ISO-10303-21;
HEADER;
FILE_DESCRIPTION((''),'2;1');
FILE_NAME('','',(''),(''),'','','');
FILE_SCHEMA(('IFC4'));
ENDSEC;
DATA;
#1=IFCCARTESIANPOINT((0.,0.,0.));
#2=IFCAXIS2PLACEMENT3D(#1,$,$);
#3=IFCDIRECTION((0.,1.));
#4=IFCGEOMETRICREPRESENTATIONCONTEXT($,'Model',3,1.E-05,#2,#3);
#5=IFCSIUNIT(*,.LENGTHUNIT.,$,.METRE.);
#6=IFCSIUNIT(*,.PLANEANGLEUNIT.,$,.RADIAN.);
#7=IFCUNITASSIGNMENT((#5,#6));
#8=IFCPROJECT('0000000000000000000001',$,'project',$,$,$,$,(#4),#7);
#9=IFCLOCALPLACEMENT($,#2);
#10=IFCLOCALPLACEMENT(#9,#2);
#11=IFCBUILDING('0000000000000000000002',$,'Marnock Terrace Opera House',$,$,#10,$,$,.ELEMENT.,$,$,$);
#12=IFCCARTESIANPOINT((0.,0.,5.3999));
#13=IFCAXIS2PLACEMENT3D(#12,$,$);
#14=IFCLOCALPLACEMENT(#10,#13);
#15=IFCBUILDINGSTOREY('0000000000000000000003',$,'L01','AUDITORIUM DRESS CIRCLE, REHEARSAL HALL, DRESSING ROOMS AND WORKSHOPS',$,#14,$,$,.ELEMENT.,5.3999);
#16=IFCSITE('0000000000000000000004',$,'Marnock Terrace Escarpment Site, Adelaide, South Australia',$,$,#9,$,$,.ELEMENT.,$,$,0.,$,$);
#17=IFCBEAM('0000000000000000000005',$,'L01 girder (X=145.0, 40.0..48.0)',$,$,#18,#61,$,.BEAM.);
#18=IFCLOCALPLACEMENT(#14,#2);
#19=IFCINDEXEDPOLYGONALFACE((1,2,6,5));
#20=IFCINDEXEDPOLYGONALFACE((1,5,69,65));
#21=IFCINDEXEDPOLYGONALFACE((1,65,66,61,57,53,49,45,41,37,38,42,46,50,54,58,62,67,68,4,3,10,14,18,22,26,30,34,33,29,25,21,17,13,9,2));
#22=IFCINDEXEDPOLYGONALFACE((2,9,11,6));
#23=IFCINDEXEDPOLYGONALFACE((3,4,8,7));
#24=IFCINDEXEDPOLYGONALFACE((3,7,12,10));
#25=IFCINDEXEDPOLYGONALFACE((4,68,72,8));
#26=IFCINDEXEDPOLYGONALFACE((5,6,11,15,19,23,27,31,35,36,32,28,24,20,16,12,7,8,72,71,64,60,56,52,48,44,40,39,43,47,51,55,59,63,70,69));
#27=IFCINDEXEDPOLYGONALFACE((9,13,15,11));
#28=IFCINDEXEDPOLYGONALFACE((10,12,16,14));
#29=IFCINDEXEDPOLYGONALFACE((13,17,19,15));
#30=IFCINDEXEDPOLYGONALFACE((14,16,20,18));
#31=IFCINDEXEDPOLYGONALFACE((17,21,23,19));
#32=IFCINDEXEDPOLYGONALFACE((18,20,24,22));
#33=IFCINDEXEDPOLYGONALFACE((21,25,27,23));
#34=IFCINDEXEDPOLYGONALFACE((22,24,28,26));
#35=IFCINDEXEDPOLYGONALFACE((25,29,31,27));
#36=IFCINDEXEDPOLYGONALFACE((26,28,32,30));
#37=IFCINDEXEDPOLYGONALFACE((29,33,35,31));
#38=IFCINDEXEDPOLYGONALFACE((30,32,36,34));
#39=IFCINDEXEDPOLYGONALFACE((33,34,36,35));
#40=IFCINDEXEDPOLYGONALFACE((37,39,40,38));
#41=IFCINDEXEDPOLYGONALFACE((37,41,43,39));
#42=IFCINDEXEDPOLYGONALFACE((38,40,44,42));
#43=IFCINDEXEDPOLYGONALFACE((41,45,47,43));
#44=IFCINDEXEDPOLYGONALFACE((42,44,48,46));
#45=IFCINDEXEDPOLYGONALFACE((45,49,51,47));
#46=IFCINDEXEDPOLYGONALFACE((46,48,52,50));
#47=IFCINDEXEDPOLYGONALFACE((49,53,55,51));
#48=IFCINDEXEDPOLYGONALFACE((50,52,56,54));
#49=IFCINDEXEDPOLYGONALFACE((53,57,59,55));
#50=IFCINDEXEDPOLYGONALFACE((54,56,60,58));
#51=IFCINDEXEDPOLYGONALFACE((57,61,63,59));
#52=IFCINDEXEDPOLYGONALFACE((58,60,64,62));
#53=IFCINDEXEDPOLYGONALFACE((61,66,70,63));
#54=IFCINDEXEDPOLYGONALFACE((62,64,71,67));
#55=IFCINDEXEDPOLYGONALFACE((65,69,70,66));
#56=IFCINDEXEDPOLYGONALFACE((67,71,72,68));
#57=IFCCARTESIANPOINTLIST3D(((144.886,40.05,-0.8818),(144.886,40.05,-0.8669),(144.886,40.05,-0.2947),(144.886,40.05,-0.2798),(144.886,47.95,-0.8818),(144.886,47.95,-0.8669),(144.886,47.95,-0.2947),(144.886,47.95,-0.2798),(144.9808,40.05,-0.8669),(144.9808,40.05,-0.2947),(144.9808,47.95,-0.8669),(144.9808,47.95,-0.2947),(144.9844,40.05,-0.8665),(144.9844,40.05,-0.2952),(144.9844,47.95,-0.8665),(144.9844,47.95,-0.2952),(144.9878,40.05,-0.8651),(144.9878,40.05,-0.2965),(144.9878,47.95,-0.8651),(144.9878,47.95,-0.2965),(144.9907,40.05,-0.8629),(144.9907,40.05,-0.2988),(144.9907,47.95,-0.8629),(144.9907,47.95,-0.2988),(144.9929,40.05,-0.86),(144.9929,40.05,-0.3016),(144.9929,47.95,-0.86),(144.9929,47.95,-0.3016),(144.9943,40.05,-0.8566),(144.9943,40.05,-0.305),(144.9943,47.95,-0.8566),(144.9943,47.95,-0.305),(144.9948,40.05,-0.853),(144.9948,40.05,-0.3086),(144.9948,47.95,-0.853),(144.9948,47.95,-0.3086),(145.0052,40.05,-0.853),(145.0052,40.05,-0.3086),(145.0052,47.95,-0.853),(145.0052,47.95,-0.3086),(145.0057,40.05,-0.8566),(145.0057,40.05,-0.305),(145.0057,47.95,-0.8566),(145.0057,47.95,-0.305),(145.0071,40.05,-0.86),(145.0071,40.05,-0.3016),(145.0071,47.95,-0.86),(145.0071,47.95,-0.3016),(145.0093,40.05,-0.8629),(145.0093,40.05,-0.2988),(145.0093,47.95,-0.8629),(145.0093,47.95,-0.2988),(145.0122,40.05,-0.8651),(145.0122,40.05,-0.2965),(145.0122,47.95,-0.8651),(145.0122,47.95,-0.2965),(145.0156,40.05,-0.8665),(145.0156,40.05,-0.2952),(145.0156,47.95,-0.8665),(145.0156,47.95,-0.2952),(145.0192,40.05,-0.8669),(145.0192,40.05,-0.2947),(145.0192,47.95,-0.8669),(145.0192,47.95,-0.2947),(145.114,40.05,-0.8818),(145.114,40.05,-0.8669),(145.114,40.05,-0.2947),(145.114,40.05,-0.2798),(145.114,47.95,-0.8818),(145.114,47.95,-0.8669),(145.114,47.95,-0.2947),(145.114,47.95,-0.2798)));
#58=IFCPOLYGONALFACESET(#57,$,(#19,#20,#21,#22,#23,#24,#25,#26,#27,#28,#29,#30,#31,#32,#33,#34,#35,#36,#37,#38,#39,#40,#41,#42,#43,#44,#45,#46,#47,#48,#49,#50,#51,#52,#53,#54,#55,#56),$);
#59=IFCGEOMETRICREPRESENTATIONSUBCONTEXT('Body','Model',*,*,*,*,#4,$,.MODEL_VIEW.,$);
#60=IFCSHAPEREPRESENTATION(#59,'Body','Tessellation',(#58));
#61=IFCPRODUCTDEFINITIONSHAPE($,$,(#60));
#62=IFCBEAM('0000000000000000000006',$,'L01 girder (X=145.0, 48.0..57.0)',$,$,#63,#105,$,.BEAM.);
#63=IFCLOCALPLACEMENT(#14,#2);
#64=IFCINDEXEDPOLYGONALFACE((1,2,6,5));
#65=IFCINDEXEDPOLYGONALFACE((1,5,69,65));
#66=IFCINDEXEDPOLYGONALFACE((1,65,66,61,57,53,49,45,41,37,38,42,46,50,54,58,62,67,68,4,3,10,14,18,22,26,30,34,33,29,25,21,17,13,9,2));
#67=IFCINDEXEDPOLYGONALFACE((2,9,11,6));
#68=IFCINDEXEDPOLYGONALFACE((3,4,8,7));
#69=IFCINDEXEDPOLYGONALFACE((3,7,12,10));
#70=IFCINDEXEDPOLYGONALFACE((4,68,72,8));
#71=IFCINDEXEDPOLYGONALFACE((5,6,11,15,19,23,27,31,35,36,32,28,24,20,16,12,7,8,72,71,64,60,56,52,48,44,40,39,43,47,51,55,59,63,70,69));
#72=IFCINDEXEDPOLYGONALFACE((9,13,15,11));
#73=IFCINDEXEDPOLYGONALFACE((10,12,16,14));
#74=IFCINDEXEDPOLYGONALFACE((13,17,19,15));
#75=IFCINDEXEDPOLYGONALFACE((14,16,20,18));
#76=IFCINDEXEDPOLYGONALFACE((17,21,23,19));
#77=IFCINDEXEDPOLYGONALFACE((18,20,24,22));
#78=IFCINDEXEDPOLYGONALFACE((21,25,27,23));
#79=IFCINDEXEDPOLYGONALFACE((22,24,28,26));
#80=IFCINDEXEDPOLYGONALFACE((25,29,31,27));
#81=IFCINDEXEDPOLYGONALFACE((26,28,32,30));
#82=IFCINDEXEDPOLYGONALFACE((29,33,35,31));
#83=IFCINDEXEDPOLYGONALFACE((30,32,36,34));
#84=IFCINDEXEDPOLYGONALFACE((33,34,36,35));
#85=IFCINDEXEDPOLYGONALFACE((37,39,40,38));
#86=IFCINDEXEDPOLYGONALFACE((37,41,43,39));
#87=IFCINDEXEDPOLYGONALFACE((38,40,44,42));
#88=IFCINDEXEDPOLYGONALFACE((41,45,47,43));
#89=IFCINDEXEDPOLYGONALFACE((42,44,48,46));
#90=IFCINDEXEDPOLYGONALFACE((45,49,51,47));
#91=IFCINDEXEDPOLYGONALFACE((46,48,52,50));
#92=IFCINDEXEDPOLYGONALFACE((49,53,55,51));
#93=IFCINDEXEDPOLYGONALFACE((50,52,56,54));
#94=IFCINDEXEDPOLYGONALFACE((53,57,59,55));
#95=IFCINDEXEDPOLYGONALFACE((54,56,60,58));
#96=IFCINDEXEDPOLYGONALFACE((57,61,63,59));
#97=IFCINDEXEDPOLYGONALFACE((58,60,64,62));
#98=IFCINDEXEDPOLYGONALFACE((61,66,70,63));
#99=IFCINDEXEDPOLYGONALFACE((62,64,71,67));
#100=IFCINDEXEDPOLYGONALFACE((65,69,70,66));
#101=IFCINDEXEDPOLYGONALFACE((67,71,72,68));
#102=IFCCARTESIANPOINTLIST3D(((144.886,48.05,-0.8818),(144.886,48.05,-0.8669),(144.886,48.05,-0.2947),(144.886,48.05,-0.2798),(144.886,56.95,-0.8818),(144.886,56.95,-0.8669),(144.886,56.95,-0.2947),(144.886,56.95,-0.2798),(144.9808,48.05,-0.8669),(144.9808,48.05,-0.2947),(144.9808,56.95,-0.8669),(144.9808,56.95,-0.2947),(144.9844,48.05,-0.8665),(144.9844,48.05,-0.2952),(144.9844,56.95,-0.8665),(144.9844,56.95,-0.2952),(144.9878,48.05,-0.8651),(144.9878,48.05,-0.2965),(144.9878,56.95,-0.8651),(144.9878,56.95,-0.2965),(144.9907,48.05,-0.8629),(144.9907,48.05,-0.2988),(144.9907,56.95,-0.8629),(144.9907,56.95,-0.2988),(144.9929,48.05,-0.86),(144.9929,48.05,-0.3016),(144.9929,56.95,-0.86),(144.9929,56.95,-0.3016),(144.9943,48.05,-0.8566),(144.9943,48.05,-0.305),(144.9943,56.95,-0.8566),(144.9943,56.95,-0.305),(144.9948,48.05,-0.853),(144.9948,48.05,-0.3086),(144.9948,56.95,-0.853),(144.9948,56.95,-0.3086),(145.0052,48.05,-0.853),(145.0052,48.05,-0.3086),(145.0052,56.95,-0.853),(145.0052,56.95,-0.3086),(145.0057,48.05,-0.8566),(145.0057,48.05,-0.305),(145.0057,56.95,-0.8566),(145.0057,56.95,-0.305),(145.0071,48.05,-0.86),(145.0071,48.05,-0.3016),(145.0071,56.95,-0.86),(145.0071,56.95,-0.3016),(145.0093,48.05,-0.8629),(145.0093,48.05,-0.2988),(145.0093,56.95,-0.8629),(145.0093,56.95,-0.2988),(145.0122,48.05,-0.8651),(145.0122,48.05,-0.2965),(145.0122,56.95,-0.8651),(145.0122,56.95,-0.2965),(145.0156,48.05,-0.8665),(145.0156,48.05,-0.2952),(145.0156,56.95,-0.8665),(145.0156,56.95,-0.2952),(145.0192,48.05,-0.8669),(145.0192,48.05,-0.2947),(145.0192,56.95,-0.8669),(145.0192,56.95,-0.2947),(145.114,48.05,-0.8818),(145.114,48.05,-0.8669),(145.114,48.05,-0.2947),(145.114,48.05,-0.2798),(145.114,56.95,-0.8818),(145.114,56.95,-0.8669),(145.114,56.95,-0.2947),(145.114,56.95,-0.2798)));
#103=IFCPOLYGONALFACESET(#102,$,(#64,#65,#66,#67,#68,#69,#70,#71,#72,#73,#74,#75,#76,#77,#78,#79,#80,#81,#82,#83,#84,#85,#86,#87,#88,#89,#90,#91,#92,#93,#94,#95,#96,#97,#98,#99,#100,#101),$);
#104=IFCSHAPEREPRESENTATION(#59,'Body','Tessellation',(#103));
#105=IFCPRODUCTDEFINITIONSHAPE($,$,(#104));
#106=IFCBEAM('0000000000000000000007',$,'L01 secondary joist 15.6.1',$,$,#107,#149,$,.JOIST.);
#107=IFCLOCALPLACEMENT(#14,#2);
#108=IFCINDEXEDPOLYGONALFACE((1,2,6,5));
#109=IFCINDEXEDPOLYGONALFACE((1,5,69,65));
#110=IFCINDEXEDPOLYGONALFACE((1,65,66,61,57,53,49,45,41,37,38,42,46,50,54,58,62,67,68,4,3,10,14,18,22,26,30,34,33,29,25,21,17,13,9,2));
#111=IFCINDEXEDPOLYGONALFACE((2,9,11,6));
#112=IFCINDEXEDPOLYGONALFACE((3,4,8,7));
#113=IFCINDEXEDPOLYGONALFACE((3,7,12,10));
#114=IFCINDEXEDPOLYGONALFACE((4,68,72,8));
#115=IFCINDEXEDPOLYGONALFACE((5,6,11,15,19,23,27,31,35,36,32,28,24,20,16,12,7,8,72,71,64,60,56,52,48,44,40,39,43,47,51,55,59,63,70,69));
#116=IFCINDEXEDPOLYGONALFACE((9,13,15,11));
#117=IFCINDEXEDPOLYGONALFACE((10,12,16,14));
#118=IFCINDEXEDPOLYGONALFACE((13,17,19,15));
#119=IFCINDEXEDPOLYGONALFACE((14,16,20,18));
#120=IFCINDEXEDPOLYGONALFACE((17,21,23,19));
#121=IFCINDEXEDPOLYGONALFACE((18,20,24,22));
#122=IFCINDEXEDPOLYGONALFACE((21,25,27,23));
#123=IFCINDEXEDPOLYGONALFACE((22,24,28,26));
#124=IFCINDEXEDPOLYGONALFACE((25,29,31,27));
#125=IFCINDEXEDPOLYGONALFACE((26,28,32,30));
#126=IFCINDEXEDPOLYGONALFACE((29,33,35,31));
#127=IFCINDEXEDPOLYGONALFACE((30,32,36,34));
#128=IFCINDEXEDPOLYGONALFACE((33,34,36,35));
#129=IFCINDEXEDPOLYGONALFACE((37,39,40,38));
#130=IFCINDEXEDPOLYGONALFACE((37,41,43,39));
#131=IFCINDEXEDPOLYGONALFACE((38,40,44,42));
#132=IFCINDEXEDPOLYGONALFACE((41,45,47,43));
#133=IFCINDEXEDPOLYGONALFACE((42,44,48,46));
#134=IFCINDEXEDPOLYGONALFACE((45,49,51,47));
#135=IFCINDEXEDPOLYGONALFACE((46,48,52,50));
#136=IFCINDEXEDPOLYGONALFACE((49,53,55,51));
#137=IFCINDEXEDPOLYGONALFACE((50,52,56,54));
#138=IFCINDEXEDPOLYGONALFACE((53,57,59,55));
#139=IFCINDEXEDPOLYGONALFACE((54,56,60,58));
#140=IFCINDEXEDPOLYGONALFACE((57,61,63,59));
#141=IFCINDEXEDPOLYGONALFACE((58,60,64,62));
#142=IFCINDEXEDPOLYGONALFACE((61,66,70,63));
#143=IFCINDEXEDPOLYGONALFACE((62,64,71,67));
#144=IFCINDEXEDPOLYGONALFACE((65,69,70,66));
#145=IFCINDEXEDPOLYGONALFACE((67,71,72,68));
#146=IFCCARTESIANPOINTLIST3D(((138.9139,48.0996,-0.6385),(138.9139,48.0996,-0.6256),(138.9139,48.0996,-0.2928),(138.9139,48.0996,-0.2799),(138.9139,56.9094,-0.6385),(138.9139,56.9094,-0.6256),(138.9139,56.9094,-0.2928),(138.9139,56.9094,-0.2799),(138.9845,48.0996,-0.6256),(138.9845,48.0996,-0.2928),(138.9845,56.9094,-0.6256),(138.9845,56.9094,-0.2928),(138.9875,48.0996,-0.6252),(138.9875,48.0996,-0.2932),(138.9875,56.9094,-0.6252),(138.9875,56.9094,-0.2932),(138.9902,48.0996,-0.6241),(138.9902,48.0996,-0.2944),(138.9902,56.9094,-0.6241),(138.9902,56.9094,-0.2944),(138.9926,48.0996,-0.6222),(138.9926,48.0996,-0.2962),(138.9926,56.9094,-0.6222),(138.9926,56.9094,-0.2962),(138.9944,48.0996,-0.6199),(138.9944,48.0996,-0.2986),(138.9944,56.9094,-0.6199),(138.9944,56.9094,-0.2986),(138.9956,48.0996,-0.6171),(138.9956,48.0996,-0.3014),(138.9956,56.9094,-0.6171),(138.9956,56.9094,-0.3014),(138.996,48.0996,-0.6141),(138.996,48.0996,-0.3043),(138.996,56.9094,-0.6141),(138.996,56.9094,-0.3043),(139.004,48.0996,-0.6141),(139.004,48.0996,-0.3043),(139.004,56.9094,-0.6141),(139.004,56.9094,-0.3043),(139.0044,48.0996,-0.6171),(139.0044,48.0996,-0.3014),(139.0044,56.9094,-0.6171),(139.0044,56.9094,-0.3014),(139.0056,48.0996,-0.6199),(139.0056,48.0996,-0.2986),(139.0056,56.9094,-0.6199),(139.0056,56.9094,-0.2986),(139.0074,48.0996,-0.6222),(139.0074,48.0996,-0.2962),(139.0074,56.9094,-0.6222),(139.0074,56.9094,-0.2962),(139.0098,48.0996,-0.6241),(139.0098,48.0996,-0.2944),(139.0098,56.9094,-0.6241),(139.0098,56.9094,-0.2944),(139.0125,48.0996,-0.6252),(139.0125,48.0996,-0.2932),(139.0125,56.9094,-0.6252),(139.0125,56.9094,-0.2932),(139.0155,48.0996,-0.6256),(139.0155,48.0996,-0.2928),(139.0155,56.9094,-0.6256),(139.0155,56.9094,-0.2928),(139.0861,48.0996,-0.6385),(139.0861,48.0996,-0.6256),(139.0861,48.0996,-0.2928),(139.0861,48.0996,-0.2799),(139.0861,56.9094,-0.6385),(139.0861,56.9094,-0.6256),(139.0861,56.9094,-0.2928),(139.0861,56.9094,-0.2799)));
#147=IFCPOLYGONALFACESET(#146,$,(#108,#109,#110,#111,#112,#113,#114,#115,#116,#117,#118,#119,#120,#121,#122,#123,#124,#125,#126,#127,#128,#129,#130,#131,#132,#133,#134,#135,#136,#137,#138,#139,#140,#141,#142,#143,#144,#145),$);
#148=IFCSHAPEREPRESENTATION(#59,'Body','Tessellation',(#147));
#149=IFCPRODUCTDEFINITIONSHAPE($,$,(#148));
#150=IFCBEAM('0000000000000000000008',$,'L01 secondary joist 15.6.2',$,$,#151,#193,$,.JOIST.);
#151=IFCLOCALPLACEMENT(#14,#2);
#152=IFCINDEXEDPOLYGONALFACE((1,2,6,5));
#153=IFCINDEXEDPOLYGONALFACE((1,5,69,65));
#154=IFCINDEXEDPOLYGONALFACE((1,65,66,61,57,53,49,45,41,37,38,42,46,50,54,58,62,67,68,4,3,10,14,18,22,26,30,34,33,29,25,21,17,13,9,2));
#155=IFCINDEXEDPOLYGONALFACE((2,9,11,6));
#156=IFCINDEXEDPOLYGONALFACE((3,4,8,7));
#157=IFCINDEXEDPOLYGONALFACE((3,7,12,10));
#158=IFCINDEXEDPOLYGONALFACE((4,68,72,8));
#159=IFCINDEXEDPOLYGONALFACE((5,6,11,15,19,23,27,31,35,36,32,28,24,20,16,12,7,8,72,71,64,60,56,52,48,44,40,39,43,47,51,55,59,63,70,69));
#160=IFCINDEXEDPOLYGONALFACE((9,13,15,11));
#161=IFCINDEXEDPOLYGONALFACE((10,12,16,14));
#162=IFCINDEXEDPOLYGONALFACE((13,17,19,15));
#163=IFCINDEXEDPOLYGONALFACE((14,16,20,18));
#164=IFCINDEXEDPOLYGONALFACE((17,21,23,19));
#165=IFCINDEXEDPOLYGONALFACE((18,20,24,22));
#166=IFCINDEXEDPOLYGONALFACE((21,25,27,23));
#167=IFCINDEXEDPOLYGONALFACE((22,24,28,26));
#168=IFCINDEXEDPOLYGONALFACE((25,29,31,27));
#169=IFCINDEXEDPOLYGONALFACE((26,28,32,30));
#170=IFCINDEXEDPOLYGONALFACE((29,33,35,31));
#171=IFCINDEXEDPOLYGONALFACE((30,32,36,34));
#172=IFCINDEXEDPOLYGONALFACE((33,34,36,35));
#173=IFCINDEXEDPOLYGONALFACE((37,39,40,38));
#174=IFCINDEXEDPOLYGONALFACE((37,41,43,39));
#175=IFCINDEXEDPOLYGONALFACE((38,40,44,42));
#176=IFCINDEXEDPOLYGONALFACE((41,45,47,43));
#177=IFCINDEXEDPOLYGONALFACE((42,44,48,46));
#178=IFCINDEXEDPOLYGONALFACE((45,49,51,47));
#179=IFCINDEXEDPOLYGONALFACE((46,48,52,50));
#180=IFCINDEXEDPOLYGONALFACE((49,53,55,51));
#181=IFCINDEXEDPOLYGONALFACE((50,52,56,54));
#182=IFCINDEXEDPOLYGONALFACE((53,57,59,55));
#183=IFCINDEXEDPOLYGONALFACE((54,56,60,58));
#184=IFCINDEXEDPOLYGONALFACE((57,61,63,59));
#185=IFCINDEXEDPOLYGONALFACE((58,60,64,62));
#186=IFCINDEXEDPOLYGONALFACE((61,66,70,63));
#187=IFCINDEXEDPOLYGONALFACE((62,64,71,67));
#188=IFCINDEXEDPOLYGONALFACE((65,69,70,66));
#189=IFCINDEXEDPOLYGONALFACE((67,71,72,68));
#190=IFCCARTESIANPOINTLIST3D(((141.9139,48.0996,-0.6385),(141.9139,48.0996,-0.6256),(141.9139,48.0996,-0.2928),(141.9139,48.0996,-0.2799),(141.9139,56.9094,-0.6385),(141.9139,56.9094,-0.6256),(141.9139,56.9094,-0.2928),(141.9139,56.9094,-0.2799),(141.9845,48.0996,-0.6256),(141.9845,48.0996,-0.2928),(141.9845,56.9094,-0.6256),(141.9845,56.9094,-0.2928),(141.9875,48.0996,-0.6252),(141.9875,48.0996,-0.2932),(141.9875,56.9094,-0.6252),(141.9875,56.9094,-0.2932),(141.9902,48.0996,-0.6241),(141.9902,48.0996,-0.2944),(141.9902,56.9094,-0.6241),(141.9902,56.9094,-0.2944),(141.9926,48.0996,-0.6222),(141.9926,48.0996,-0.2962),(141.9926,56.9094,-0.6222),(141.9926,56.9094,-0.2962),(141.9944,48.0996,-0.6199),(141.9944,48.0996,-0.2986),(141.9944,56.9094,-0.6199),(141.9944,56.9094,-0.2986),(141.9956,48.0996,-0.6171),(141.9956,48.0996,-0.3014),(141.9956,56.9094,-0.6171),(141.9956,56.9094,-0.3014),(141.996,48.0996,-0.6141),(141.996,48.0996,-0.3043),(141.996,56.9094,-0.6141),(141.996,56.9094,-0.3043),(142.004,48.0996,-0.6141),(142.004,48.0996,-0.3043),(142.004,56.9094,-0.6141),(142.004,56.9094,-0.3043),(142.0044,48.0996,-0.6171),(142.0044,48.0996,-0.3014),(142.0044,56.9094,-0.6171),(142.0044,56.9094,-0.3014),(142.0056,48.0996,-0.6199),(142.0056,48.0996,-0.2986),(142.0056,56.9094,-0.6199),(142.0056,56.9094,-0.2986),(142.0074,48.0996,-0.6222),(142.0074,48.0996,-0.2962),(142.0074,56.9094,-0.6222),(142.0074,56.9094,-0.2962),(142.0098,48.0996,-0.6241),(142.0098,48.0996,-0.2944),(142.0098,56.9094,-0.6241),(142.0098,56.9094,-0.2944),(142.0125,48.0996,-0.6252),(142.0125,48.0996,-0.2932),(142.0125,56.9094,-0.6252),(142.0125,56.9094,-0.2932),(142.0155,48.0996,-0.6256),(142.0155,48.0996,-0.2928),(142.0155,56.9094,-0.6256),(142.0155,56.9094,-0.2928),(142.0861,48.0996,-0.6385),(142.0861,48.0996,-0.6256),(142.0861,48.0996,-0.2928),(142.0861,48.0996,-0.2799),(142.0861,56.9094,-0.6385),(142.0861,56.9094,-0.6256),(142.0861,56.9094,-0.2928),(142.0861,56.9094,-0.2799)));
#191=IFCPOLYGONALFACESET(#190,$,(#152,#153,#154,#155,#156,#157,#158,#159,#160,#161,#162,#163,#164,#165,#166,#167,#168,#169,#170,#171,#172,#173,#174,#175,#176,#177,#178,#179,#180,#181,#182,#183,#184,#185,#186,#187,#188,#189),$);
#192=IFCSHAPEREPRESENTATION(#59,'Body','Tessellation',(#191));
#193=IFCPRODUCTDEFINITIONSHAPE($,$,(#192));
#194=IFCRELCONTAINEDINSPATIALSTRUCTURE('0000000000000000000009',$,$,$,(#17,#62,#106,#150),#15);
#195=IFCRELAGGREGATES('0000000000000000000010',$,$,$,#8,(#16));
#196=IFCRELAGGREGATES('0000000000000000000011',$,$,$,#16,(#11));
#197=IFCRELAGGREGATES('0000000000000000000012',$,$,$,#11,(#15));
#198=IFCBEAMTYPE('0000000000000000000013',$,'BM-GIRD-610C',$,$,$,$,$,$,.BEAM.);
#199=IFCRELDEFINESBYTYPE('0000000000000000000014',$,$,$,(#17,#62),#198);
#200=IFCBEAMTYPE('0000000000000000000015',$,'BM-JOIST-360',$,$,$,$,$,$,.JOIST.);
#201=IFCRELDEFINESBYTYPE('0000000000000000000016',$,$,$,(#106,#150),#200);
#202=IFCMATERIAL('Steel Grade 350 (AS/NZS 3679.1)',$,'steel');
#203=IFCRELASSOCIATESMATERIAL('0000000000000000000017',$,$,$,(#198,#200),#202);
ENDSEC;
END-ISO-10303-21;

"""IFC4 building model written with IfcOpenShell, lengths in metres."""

from ifc_helpers import new_model, si_unit, direction, frame, origin, origin_2d, place, context, subcontext, project, spatial, i_section, extrude, material, material_profile, profile_set, type_object, element, save


model = new_model("IFC4")

# Units and contexts
model_context = context("Model", 3, precision=1e-05, world=origin(), true_north=direction((0.0, 1.0)))
body_context = subcontext(model_context, "Body", "Model", "MODEL_VIEW")
ifc_project = project(units=[si_unit("LENGTHUNIT", "METRE"), si_unit("PLANEANGLEUNIT", "RADIAN")], contexts=[model_context])

# Site, building, storey
site_placement = place(None, origin())
site = spatial("IfcSite", under=ifc_project, at=site_placement, Name="Marnock Terrace Escarpment Site, Adelaide, South Australia", CompositionType="ELEMENT", RefElevation=0.0)
building_placement = place(site_placement, origin())
building = spatial("IfcBuilding", under=site, at=building_placement, Name="Marnock Terrace Opera House", CompositionType="ELEMENT")
storey_placement = place(building_placement, frame((0.0, 0.0, 5.3999)))
storey = spatial("IfcBuildingStorey", under=building, at=storey_placement, Name="L01", Description="AUDITORIUM DRESS CIRCLE, REHEARSAL HALL, DRESSING ROOMS AND WORKSHOPS", CompositionType="ELEMENT", Elevation=5.3999)

# Beams
ifc_material_1 = material(Name="Steel Grade 350 (AS/NZS 3679.1)", Category="steel")
ifc_material_profile_1 = material_profile(ifc_material_1, i_section(OverallWidth=0.228, OverallDepth=0.6021, WebThickness=0.0105, FlangeThickness=0.0149, FilletRadius=0.0139, at=origin_2d()))
ifc_profile_set_1 = profile_set([ifc_material_profile_1], Name="Steel Grade 350 (AS/NZS 3679.1)")
beam_type_1 = type_object("IfcBeamType", Name="BM-GIRD-610C", PredefinedType="BEAM", material=ifc_profile_set_1)
beam_1_placement = place(storey_placement, frame((145.0, 40.05, -0.5808), z_axis=(0.0, 1.0, 0.0), x_axis=(-1.0, 0.0, 0.0)))
element("IfcBeam", 1, at=beam_1_placement, inside=storey, type_object=beam_type_1, Name="L01 girder (X=145.0, 40.0..48.0)", PredefinedType="BEAM", context=body_context, shape_type="SweptSolid", body=[
    extrude(i_section(OverallWidth=0.228, OverallDepth=0.6021, WebThickness=0.0105, FlangeThickness=0.0149, FilletRadius=0.0139, at=origin_2d()), origin(), (0.0, 0.0, 1.0), 7.8999),
])
beam_2_placement = place(storey_placement, frame((145.0, 48.05, -0.5808), z_axis=(0.0, 1.0, 0.0), x_axis=(-1.0, 0.0, 0.0)))
element("IfcBeam", 2, at=beam_2_placement, inside=storey, type_object=beam_type_1, Name="L01 girder (X=145.0, 48.0..57.0)", PredefinedType="BEAM", context=body_context, shape_type="SweptSolid", body=[
    extrude(i_section(OverallWidth=0.228, OverallDepth=0.6021, WebThickness=0.0105, FlangeThickness=0.0149, FilletRadius=0.0139, at=origin_2d()), origin(), (0.0, 0.0, 1.0), 8.8999),
])
ifc_material_profile_2 = material_profile(ifc_material_1, i_section(OverallWidth=0.1721, OverallDepth=0.3586, WebThickness=0.0081, FlangeThickness=0.0129, FilletRadius=0.0115, at=origin_2d()))
ifc_profile_set_2 = profile_set([ifc_material_profile_2], Name="Steel Grade 350 (AS/NZS 3679.1)")
beam_type_2 = type_object("IfcBeamType", Name="BM-JOIST-360", PredefinedType="JOIST", material=ifc_profile_set_2)
for number, where, z_axis, x_axis, name in (
    (3, (139.0, 48.0996, -0.4592), (0.0, 1.0, 0.0), (-1.0, 0.0, 0.0), "L01 secondary joist 15.6.1"),
    (4, (142.0, 48.0996, -0.4592), (0.0, 1.0, 0.0), (-1.0, 0.0, 0.0), "L01 secondary joist 15.6.2"),
):
    element("IfcBeam", number, at=place(storey_placement, frame(where, z_axis=z_axis, x_axis=x_axis)), inside=storey, type_object=beam_type_2, Name=name, PredefinedType="JOIST", context=body_context, shape_type="SweptSolid", body=[
        extrude(i_section(OverallWidth=0.1721, OverallDepth=0.3586, WebThickness=0.0081, FlangeThickness=0.0129, FilletRadius=0.0115, at=origin_2d()), origin(), (0.0, 0.0, 1.0), 8.8098),
    ])

save(model, "model.ifc")
